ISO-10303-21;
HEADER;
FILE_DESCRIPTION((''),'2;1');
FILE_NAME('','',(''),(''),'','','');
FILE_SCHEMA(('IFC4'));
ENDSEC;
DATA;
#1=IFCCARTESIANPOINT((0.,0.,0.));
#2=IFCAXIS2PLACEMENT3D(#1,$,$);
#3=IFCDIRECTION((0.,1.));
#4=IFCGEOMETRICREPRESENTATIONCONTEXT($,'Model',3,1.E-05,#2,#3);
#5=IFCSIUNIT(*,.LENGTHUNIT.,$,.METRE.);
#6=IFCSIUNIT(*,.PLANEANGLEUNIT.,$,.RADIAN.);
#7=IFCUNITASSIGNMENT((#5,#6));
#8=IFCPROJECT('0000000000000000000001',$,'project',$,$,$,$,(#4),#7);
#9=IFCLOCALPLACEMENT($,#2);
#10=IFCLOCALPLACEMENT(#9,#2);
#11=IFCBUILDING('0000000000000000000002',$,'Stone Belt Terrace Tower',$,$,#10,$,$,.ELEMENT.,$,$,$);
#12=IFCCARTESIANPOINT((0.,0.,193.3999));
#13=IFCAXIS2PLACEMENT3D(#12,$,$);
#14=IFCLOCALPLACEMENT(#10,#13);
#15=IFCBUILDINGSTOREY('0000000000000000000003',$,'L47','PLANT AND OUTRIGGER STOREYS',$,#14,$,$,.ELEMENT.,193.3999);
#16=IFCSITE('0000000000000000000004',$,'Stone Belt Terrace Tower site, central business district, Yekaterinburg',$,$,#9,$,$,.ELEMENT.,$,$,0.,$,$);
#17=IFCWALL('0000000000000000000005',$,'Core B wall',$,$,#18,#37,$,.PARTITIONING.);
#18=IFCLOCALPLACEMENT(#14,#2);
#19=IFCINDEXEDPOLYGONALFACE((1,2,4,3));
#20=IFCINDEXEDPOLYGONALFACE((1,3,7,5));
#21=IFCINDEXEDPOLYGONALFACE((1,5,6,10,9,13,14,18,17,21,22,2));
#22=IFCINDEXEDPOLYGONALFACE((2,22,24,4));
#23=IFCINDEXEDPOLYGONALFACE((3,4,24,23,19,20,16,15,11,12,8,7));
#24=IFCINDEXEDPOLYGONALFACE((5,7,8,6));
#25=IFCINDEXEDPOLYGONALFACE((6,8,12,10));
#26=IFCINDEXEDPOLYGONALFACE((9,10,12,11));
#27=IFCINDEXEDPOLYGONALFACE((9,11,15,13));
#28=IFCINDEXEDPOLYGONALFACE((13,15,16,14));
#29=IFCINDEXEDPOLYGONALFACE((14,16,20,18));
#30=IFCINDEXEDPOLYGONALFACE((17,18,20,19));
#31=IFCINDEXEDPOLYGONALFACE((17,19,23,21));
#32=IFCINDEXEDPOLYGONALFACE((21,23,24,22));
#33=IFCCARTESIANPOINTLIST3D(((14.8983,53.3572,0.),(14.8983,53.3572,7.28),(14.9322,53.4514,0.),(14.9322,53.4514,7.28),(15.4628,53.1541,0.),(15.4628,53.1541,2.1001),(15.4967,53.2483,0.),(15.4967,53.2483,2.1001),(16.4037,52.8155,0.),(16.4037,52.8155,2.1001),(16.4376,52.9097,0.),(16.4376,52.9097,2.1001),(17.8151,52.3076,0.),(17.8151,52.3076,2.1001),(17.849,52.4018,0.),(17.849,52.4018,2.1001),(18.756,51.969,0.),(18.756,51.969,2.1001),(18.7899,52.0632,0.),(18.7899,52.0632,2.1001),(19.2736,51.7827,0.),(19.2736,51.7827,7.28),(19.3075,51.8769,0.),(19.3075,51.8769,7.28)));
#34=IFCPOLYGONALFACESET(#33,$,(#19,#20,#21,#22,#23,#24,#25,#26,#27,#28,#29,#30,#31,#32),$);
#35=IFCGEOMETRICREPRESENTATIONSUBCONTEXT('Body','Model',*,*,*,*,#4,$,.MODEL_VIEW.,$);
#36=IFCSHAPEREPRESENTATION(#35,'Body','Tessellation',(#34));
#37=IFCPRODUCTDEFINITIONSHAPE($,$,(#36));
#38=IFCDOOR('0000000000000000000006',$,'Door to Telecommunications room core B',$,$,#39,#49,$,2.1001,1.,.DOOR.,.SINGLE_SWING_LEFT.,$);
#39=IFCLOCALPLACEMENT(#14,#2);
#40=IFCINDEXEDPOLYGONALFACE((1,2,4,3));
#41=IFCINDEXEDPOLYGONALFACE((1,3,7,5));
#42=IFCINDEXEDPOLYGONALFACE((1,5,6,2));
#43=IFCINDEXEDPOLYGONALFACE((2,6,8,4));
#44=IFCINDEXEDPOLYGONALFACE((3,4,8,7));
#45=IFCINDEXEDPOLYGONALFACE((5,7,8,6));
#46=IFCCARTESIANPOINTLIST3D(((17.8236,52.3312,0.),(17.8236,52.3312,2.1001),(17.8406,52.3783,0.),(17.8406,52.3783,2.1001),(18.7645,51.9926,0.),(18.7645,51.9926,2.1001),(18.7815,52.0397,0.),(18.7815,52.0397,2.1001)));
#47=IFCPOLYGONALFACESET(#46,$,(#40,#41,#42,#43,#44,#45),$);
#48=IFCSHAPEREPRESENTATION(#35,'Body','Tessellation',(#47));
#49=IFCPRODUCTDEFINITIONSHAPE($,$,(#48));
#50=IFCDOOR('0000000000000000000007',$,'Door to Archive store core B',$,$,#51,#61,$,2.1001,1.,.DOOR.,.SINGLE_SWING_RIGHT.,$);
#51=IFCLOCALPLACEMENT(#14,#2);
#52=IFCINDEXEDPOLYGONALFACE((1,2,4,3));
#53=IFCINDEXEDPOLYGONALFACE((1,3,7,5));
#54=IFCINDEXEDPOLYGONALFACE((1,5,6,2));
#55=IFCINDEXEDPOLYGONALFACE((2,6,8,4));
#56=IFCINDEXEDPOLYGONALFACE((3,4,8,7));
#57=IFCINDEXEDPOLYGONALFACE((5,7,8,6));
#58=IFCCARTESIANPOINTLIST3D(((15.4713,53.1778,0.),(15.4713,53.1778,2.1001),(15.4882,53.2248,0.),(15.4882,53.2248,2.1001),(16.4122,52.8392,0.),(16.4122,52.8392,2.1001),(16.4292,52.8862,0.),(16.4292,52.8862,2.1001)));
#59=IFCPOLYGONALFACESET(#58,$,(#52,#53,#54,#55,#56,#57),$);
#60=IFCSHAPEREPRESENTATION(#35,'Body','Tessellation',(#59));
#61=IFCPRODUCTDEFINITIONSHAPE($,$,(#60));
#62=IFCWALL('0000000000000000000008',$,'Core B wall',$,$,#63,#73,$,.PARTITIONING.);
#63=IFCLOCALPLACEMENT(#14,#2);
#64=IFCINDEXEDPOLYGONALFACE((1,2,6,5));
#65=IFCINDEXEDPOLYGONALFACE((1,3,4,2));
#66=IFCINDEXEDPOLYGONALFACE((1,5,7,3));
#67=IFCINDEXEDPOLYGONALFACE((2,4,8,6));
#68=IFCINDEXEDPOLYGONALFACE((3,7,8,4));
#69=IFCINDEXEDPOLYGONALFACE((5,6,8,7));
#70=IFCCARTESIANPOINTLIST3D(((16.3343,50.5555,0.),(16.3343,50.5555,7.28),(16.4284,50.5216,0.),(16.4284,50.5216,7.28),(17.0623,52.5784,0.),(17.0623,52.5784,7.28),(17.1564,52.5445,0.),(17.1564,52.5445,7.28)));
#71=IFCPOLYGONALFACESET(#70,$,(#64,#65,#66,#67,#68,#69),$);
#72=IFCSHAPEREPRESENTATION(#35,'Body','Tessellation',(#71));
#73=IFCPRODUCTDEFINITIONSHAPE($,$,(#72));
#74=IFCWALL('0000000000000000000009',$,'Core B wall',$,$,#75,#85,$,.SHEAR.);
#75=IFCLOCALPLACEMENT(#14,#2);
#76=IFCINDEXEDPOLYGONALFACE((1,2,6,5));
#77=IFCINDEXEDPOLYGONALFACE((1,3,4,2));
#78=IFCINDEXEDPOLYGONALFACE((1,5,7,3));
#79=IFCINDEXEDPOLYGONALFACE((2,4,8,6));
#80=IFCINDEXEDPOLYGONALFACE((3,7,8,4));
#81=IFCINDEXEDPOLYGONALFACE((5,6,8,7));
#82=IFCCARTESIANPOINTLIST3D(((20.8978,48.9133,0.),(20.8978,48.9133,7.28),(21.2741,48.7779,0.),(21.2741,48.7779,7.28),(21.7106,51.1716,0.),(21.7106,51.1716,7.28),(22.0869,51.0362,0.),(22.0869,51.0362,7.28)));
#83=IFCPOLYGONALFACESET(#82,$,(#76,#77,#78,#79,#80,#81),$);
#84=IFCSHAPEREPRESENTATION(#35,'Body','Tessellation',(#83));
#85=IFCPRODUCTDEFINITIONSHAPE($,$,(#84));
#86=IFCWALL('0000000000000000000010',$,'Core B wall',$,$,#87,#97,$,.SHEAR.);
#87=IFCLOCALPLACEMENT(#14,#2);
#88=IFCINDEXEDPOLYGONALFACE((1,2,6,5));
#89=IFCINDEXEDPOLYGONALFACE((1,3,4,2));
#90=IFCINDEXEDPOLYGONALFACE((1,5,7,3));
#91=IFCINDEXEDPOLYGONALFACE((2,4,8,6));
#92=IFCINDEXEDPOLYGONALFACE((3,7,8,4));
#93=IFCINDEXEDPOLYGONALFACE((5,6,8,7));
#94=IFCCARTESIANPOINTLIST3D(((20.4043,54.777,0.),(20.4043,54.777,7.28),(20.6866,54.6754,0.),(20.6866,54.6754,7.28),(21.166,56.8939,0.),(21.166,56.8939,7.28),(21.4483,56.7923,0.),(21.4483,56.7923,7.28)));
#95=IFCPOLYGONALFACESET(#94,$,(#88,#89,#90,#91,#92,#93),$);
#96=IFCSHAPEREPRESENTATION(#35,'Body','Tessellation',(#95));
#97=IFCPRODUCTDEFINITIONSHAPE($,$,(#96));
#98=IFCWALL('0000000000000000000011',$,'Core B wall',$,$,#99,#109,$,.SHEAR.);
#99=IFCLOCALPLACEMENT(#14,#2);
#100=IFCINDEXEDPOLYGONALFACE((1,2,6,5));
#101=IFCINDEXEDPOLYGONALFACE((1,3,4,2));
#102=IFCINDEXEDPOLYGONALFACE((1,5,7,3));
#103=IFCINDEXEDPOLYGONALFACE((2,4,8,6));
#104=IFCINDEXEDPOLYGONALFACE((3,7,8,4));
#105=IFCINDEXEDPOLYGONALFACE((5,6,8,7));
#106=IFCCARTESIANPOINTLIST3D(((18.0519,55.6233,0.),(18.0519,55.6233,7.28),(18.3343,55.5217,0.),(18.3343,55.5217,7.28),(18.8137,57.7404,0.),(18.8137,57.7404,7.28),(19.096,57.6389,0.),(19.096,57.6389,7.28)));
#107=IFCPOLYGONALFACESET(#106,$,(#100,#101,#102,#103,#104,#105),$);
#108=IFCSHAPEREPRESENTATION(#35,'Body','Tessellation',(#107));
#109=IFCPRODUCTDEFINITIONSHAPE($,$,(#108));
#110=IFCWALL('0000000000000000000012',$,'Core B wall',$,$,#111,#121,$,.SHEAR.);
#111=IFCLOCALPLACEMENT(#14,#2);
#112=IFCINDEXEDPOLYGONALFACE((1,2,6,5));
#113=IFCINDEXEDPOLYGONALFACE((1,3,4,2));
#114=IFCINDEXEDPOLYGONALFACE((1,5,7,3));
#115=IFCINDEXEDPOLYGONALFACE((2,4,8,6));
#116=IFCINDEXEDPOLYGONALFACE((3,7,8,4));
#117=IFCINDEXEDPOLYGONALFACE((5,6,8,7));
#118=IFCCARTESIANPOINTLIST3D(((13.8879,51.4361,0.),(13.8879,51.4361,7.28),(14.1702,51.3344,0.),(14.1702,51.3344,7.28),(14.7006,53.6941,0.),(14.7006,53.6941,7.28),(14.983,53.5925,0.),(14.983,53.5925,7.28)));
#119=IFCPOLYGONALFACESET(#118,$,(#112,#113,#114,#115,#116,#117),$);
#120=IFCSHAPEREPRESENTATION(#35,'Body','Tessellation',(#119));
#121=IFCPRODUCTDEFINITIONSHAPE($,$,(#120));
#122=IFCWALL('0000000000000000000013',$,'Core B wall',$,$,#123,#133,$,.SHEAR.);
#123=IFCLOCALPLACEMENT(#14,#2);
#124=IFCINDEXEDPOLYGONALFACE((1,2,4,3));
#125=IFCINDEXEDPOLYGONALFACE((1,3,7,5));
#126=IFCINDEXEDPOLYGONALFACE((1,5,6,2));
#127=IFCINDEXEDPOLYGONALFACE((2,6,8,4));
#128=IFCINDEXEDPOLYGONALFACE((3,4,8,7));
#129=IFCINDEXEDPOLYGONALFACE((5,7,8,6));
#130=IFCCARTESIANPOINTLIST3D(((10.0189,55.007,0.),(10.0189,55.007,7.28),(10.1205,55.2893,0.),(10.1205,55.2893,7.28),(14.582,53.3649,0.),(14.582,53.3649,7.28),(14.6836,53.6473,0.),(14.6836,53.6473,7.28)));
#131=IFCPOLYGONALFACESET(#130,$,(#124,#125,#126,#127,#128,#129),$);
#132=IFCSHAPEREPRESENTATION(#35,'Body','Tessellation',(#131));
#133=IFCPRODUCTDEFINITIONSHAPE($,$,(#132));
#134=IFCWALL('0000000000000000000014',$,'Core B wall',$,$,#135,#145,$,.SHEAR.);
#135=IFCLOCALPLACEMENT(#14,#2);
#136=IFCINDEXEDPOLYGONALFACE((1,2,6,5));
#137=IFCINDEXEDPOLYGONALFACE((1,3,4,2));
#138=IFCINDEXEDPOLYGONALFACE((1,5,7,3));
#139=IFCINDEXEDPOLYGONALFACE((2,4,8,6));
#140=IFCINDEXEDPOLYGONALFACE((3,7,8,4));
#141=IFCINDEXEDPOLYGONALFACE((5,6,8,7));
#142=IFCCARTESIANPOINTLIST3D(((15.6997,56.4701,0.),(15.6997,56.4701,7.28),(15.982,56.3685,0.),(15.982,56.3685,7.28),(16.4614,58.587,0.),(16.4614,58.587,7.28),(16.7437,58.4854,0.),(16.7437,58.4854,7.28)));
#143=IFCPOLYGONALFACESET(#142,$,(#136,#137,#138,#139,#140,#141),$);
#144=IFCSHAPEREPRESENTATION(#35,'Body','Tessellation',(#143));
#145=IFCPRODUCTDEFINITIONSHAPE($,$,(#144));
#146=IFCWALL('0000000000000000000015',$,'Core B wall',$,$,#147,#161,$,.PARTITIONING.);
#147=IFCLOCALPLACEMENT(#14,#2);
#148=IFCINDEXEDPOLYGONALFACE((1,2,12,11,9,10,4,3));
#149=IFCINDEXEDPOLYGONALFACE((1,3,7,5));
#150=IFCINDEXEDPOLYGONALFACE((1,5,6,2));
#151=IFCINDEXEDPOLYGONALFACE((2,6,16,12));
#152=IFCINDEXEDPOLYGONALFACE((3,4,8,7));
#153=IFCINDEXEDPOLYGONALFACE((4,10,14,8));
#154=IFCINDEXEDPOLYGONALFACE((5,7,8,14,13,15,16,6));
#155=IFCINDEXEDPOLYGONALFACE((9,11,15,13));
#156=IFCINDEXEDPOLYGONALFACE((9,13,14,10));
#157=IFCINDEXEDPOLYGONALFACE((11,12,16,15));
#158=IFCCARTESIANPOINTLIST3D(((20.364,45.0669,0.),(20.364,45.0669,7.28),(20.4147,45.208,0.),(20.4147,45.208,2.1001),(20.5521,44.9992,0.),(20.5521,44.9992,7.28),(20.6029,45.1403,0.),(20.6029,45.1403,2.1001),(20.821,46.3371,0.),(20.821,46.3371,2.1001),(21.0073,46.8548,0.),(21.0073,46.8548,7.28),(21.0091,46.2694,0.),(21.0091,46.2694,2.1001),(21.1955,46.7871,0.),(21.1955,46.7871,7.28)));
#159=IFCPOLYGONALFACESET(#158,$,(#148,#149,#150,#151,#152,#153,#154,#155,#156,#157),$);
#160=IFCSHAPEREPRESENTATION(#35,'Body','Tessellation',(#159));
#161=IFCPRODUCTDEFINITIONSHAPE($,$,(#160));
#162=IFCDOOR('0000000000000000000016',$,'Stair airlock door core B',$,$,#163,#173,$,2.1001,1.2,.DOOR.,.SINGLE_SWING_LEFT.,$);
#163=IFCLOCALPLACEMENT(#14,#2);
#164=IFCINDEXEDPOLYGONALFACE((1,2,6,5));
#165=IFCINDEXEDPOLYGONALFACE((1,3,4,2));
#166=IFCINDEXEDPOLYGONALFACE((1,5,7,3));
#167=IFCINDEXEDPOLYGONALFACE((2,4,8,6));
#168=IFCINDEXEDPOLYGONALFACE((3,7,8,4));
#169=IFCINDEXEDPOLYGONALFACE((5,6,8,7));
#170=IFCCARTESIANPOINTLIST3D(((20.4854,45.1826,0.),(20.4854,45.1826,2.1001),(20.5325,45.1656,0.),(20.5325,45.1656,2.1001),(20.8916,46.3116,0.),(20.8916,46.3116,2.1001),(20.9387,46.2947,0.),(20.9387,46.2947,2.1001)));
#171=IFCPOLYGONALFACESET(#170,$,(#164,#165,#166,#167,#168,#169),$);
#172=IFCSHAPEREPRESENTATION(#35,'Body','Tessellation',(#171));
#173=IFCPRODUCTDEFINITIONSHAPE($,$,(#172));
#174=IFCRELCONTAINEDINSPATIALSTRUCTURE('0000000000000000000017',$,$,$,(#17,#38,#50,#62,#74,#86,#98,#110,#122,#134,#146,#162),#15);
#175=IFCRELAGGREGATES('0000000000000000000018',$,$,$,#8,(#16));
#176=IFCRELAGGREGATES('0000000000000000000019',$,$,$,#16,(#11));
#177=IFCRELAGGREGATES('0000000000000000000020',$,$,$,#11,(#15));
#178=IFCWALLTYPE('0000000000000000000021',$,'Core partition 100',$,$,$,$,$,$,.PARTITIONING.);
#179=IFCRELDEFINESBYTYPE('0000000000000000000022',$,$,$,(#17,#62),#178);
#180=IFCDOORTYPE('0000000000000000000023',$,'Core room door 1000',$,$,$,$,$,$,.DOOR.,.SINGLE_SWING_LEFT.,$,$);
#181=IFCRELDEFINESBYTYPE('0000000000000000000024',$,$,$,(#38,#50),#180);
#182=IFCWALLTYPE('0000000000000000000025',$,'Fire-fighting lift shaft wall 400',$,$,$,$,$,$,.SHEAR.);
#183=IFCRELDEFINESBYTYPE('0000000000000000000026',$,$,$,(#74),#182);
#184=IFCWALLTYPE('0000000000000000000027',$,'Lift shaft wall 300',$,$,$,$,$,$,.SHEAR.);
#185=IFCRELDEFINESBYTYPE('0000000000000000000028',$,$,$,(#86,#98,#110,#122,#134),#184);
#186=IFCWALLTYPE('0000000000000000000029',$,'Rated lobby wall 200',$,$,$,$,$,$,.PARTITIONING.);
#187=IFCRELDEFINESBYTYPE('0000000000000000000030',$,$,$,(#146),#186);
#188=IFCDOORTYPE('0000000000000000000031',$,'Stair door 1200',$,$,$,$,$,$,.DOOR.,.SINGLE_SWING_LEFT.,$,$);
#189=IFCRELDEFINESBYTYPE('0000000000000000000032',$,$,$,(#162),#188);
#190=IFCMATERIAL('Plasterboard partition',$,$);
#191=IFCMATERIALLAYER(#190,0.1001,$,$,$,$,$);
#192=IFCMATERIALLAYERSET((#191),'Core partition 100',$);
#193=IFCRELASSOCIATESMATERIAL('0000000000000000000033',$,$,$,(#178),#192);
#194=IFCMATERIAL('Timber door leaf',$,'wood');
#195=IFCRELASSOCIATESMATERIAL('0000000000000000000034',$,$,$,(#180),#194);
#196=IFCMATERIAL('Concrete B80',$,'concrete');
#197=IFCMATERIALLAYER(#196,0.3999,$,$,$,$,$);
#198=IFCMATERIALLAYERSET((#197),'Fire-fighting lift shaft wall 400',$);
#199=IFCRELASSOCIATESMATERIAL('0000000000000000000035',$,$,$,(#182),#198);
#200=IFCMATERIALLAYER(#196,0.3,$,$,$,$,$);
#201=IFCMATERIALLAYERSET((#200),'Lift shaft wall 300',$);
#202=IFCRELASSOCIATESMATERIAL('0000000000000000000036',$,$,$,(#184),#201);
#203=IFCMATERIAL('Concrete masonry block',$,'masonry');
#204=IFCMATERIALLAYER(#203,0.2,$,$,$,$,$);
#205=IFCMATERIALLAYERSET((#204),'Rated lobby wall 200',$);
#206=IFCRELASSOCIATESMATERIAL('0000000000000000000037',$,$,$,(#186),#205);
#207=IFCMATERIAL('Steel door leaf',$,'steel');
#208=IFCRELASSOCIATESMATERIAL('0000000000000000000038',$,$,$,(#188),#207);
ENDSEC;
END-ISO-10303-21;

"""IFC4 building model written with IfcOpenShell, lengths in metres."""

from ifc_helpers import new_model, si_unit, direction, frame, frame_2d, origin, place, context, subcontext, project, spatial, rectangle, extrude, material, layer, layer_set, type_object, element, fill, save


model = new_model("IFC4")

# Units and contexts
model_context = context("Model", 3, precision=1e-05, world=origin(), true_north=direction((0.0, 1.0)))
body_context = subcontext(model_context, "Body", "Model", "MODEL_VIEW")
ifc_project = project(units=[si_unit("LENGTHUNIT", "METRE"), si_unit("PLANEANGLEUNIT", "RADIAN")], contexts=[model_context])

# Site, building, storey
site_placement = place(None, origin())
site = spatial("IfcSite", under=ifc_project, at=site_placement, Name="Stone Belt Terrace Tower site, central business district, Yekaterinburg", CompositionType="ELEMENT", RefElevation=0.0)
building_placement = place(site_placement, origin())
building = spatial("IfcBuilding", under=site, at=building_placement, Name="Stone Belt Terrace Tower", CompositionType="ELEMENT")
storey_placement = place(building_placement, frame((0.0, 0.0, 193.3999)))
storey = spatial("IfcBuildingStorey", under=building, at=storey_placement, Name="L47", Description="PLANT AND OUTRIGGER STOREYS", CompositionType="ELEMENT", Elevation=193.3999)

# Wall, openings, doors
ifc_material_1 = material(Name="Plasterboard partition")
ifc_layer_1 = layer(ifc_material_1, 0.1001)
ifc_layer_set_1 = layer_set([ifc_layer_1], Name="Core partition 100")
wall_type_1 = type_object("IfcWallType", Name="Core partition 100", PredefinedType="PARTITIONING", material=ifc_layer_set_1)
wall_1_placement = place(storey_placement, frame((19.2905, 51.8298, 0.0), z_axis=(0.0, 0.0, 1.0), x_axis=(-0.94093, 0.3386, 0.0)))
wall_1 = element("IfcWall", 1, at=wall_1_placement, inside=storey, type_object=wall_type_1, Name="Core B wall", PredefinedType="PARTITIONING", context=body_context, shape_type="SweptSolid", body=[
    extrude(rectangle(XDim=4.6499, YDim=0.1001, at=frame_2d((2.325, 0.0))), origin(), (0.0, 0.0, 1.0), 7.28),
])
opening_1_placement = place(wall_1_placement, frame((0.55, 0.0, 0.0)))
opening_1 = element("IfcOpeningElement", 2, at=opening_1_placement, cuts=wall_1, PredefinedType="OPENING", context=body_context, shape_type="SweptSolid", body=[
    extrude(rectangle(XDim=1.0, YDim=2.1001, at=frame_2d((0.5, 1.05))), frame((0.0, 0.0601, 0.0), z_axis=(0.0, -1.0, 0.0), x_axis=(1.0, 0.0, 0.0)), (0.0, 0.0, 1.0), 0.1201),
])
opening_2_placement = place(wall_1_placement, frame((3.05, 0.0, 0.0)))
opening_2 = element("IfcOpeningElement", 3, at=opening_2_placement, cuts=wall_1, PredefinedType="OPENING", context=body_context, shape_type="SweptSolid", body=[
    extrude(rectangle(XDim=1.0, YDim=2.1001, at=frame_2d((0.5, 1.05))), frame((0.0, 0.0601, 0.0), z_axis=(0.0, -1.0, 0.0), x_axis=(1.0, 0.0, 0.0)), (0.0, 0.0, 1.0), 0.1201),
])
ifc_material_2 = material(Name="Timber door leaf", Category="wood")
door_type_1 = type_object("IfcDoorType", Name="Core room door 1000", OperationType="SINGLE_SWING_LEFT", PredefinedType="DOOR", material=ifc_material_2)
door_1_placement = place(opening_1_placement, origin())
door_1 = element("IfcDoor", 4, at=door_1_placement, inside=storey, type_object=door_type_1, Name="Door to Telecommunications room core B", OperationType="SINGLE_SWING_LEFT", OverallHeight=2.1001, OverallWidth=1.0, PredefinedType="DOOR", context=body_context, shape_type="SweptSolid", body=[
    extrude(rectangle(XDim=1.0, YDim=2.1001, at=frame_2d((0.5, 1.05))), frame((0.0, 0.0249, 0.0), z_axis=(0.0, -1.0, 0.0), x_axis=(1.0, 0.0, 0.0)), (0.0, 0.0, 1.0), 0.05),
])
fill(opening_1, door_1)
door_2_placement = place(opening_2_placement, origin())
door_2 = element("IfcDoor", 5, at=door_2_placement, inside=storey, type_object=door_type_1, Name="Door to Archive store core B", OperationType="SINGLE_SWING_RIGHT", OverallHeight=2.1001, OverallWidth=1.0, PredefinedType="DOOR", context=body_context, shape_type="SweptSolid", body=[
    extrude(rectangle(XDim=1.0, YDim=2.1001, at=frame_2d((0.5, 1.05))), frame((0.0, 0.0249, 0.0), z_axis=(0.0, -1.0, 0.0), x_axis=(1.0, 0.0, 0.0)), (0.0, 0.0, 1.0), 0.05),
])
fill(opening_2, door_2)

# Walls
wall_2_placement = place(storey_placement, frame((16.3813, 50.5386, 0.0), z_axis=(0.0, 0.0, 1.0), x_axis=(0.338623, 0.940922, 0.0)))
element("IfcWall", 6, at=wall_2_placement, inside=storey, type_object=wall_type_1, Name="Core B wall", PredefinedType="PARTITIONING", context=body_context, shape_type="SweptSolid", body=[
    extrude(rectangle(XDim=2.1499, YDim=0.1001, at=frame_2d((1.075, 0.0))), origin(), (0.0, 0.0, 1.0), 7.28),
])
ifc_material_3 = material(Name="Concrete B80", Category="concrete")
ifc_layer_2 = layer(ifc_material_3, 0.3999)
ifc_layer_set_2 = layer_set([ifc_layer_2], Name="Fire-fighting lift shaft wall 400")
wall_type_2 = type_object("IfcWallType", Name="Fire-fighting lift shaft wall 400", PredefinedType="SHEAR", material=ifc_layer_set_2)
wall_3_placement = place(storey_placement, frame((21.0859, 48.8455, 0.0), z_axis=(0.0, 0.0, 1.0), x_axis=(0.338629, 0.94092, 0.0)))
element("IfcWall", 7, at=wall_3_placement, inside=storey, type_object=wall_type_2, Name="Core B wall", PredefinedType="SHEAR", context=body_context, shape_type="SweptSolid", body=[
    extrude(rectangle(XDim=2.4001, YDim=0.3999, at=frame_2d((1.2002, 0.0))), origin(), (0.0, 0.0, 1.0), 7.28),
])
ifc_layer_3 = layer(ifc_material_3, 0.3)
ifc_layer_set_3 = layer_set([ifc_layer_3], Name="Lift shaft wall 300")
wall_type_3 = type_object("IfcWallType", Name="Lift shaft wall 300", PredefinedType="SHEAR", material=ifc_layer_set_3)
wall_4_placement = place(storey_placement, frame((20.5454, 54.7261, 0.0), z_axis=(0.0, 0.0, 1.0), x_axis=(0.33857, 0.940941, 0.0)))
element("IfcWall", 8, at=wall_4_placement, inside=storey, type_object=wall_type_3, Name="Core B wall", PredefinedType="SHEAR", context=body_context, shape_type="SweptSolid", body=[
    extrude(rectangle(XDim=2.2498, YDim=0.3, at=frame_2d((1.125, 0.0))), origin(), (0.0, 0.0, 1.0), 7.28),
])
wall_5_placement = place(storey_placement, frame((18.1931, 55.5725, 0.0), z_axis=(0.0, 0.0, 1.0), x_axis=(0.338535, 0.940954, 0.0)))
element("IfcWall", 9, at=wall_5_placement, inside=storey, type_object=wall_type_3, Name="Core B wall", PredefinedType="SHEAR", context=body_context, shape_type="SweptSolid", body=[
    extrude(rectangle(XDim=2.25, YDim=0.3, at=frame_2d((1.125, 0.0))), origin(), (0.0, 0.0, 1.0), 7.28),
])
wall_6_placement = place(storey_placement, frame((14.0291, 51.3853, 0.0), z_axis=(0.0, 0.0, 1.0), x_axis=(0.338662, 0.940908, 0.0)))
element("IfcWall", 10, at=wall_6_placement, inside=storey, type_object=wall_type_3, Name="Core B wall", PredefinedType="SHEAR", context=body_context, shape_type="SweptSolid", body=[
    extrude(rectangle(XDim=2.3999, YDim=0.3, at=frame_2d((1.2, 0.0))), origin(), (0.0, 0.0, 1.0), 7.28),
])
wall_7_placement = place(storey_placement, frame((14.6328, 53.5061, 0.0), z_axis=(0.0, 0.0, 1.0), x_axis=(-0.940932, 0.338596, 0.0)))
element("IfcWall", 11, at=wall_7_placement, inside=storey, type_object=wall_type_3, Name="Core B wall", PredefinedType="SHEAR", context=body_context, shape_type="SweptSolid", body=[
    extrude(rectangle(XDim=4.8496, YDim=0.3, at=frame_2d((2.4248, 0.0))), origin(), (0.0, 0.0, 1.0), 7.28),
])
wall_8_placement = place(storey_placement, frame((15.8408, 56.4192, 0.0), z_axis=(0.0, 0.0, 1.0), x_axis=(0.33857, 0.940941, 0.0)))
element("IfcWall", 12, at=wall_8_placement, inside=storey, type_object=wall_type_3, Name="Core B wall", PredefinedType="SHEAR", context=body_context, shape_type="SweptSolid", body=[
    extrude(rectangle(XDim=2.2498, YDim=0.3, at=frame_2d((1.125, 0.0))), origin(), (0.0, 0.0, 1.0), 7.28),
])

# Wall, opening, door
ifc_material_4 = material(Name="Concrete masonry block", Category="masonry")
ifc_layer_4 = layer(ifc_material_4, 0.2)
ifc_layer_set_4 = layer_set([ifc_layer_4], Name="Rated lobby wall 200")
wall_type_4 = type_object("IfcWallType", Name="Rated lobby wall 200", PredefinedType="PARTITIONING", material=ifc_layer_set_4)
wall_9_placement = place(storey_placement, frame((20.458, 45.033, 0.0), z_axis=(0.0, 0.0, 1.0), x_axis=(0.338574, 0.94094, 0.0)))
wall_9 = element("IfcWall", 13, at=wall_9_placement, inside=storey, type_object=wall_type_4, Name="Core B wall", PredefinedType="PARTITIONING", context=body_context, shape_type="SweptSolid", body=[
    extrude(rectangle(XDim=1.9001, YDim=0.2, at=frame_2d((0.9502, 0.0))), origin(), (0.0, 0.0, 1.0), 7.28),
])
opening_3_placement = place(wall_9_placement, frame((0.1499, 0.0, 0.0)))
opening_3 = element("IfcOpeningElement", 14, at=opening_3_placement, cuts=wall_9, PredefinedType="OPENING", context=body_context, shape_type="SweptSolid", body=[
    extrude(rectangle(XDim=1.2, YDim=2.1001, at=frame_2d((0.6001, 1.05))), frame((0.0, 0.1099, 0.0), z_axis=(0.0, -1.0, 0.0), x_axis=(1.0, 0.0, 0.0)), (0.0, 0.0, 1.0), 0.22),
])
ifc_material_5 = material(Name="Steel door leaf", Category="steel")
door_type_2 = type_object("IfcDoorType", Name="Stair door 1200", OperationType="SINGLE_SWING_LEFT", PredefinedType="DOOR", material=ifc_material_5)
door_3_placement = place(opening_3_placement, origin())
door_3 = element("IfcDoor", 15, at=door_3_placement, inside=storey, type_object=door_type_2, Name="Stair airlock door core B", OperationType="SINGLE_SWING_LEFT", OverallHeight=2.1001, OverallWidth=1.2, PredefinedType="DOOR", context=body_context, shape_type="SweptSolid", body=[
    extrude(rectangle(XDim=1.2, YDim=2.1001, at=frame_2d((0.6001, 1.05))), frame((0.0, 0.0249, 0.0), z_axis=(0.0, -1.0, 0.0), x_axis=(1.0, 0.0, 0.0)), (0.0, 0.0, 1.0), 0.05),
])
fill(opening_3, door_3)

save(model, "model.ifc")
